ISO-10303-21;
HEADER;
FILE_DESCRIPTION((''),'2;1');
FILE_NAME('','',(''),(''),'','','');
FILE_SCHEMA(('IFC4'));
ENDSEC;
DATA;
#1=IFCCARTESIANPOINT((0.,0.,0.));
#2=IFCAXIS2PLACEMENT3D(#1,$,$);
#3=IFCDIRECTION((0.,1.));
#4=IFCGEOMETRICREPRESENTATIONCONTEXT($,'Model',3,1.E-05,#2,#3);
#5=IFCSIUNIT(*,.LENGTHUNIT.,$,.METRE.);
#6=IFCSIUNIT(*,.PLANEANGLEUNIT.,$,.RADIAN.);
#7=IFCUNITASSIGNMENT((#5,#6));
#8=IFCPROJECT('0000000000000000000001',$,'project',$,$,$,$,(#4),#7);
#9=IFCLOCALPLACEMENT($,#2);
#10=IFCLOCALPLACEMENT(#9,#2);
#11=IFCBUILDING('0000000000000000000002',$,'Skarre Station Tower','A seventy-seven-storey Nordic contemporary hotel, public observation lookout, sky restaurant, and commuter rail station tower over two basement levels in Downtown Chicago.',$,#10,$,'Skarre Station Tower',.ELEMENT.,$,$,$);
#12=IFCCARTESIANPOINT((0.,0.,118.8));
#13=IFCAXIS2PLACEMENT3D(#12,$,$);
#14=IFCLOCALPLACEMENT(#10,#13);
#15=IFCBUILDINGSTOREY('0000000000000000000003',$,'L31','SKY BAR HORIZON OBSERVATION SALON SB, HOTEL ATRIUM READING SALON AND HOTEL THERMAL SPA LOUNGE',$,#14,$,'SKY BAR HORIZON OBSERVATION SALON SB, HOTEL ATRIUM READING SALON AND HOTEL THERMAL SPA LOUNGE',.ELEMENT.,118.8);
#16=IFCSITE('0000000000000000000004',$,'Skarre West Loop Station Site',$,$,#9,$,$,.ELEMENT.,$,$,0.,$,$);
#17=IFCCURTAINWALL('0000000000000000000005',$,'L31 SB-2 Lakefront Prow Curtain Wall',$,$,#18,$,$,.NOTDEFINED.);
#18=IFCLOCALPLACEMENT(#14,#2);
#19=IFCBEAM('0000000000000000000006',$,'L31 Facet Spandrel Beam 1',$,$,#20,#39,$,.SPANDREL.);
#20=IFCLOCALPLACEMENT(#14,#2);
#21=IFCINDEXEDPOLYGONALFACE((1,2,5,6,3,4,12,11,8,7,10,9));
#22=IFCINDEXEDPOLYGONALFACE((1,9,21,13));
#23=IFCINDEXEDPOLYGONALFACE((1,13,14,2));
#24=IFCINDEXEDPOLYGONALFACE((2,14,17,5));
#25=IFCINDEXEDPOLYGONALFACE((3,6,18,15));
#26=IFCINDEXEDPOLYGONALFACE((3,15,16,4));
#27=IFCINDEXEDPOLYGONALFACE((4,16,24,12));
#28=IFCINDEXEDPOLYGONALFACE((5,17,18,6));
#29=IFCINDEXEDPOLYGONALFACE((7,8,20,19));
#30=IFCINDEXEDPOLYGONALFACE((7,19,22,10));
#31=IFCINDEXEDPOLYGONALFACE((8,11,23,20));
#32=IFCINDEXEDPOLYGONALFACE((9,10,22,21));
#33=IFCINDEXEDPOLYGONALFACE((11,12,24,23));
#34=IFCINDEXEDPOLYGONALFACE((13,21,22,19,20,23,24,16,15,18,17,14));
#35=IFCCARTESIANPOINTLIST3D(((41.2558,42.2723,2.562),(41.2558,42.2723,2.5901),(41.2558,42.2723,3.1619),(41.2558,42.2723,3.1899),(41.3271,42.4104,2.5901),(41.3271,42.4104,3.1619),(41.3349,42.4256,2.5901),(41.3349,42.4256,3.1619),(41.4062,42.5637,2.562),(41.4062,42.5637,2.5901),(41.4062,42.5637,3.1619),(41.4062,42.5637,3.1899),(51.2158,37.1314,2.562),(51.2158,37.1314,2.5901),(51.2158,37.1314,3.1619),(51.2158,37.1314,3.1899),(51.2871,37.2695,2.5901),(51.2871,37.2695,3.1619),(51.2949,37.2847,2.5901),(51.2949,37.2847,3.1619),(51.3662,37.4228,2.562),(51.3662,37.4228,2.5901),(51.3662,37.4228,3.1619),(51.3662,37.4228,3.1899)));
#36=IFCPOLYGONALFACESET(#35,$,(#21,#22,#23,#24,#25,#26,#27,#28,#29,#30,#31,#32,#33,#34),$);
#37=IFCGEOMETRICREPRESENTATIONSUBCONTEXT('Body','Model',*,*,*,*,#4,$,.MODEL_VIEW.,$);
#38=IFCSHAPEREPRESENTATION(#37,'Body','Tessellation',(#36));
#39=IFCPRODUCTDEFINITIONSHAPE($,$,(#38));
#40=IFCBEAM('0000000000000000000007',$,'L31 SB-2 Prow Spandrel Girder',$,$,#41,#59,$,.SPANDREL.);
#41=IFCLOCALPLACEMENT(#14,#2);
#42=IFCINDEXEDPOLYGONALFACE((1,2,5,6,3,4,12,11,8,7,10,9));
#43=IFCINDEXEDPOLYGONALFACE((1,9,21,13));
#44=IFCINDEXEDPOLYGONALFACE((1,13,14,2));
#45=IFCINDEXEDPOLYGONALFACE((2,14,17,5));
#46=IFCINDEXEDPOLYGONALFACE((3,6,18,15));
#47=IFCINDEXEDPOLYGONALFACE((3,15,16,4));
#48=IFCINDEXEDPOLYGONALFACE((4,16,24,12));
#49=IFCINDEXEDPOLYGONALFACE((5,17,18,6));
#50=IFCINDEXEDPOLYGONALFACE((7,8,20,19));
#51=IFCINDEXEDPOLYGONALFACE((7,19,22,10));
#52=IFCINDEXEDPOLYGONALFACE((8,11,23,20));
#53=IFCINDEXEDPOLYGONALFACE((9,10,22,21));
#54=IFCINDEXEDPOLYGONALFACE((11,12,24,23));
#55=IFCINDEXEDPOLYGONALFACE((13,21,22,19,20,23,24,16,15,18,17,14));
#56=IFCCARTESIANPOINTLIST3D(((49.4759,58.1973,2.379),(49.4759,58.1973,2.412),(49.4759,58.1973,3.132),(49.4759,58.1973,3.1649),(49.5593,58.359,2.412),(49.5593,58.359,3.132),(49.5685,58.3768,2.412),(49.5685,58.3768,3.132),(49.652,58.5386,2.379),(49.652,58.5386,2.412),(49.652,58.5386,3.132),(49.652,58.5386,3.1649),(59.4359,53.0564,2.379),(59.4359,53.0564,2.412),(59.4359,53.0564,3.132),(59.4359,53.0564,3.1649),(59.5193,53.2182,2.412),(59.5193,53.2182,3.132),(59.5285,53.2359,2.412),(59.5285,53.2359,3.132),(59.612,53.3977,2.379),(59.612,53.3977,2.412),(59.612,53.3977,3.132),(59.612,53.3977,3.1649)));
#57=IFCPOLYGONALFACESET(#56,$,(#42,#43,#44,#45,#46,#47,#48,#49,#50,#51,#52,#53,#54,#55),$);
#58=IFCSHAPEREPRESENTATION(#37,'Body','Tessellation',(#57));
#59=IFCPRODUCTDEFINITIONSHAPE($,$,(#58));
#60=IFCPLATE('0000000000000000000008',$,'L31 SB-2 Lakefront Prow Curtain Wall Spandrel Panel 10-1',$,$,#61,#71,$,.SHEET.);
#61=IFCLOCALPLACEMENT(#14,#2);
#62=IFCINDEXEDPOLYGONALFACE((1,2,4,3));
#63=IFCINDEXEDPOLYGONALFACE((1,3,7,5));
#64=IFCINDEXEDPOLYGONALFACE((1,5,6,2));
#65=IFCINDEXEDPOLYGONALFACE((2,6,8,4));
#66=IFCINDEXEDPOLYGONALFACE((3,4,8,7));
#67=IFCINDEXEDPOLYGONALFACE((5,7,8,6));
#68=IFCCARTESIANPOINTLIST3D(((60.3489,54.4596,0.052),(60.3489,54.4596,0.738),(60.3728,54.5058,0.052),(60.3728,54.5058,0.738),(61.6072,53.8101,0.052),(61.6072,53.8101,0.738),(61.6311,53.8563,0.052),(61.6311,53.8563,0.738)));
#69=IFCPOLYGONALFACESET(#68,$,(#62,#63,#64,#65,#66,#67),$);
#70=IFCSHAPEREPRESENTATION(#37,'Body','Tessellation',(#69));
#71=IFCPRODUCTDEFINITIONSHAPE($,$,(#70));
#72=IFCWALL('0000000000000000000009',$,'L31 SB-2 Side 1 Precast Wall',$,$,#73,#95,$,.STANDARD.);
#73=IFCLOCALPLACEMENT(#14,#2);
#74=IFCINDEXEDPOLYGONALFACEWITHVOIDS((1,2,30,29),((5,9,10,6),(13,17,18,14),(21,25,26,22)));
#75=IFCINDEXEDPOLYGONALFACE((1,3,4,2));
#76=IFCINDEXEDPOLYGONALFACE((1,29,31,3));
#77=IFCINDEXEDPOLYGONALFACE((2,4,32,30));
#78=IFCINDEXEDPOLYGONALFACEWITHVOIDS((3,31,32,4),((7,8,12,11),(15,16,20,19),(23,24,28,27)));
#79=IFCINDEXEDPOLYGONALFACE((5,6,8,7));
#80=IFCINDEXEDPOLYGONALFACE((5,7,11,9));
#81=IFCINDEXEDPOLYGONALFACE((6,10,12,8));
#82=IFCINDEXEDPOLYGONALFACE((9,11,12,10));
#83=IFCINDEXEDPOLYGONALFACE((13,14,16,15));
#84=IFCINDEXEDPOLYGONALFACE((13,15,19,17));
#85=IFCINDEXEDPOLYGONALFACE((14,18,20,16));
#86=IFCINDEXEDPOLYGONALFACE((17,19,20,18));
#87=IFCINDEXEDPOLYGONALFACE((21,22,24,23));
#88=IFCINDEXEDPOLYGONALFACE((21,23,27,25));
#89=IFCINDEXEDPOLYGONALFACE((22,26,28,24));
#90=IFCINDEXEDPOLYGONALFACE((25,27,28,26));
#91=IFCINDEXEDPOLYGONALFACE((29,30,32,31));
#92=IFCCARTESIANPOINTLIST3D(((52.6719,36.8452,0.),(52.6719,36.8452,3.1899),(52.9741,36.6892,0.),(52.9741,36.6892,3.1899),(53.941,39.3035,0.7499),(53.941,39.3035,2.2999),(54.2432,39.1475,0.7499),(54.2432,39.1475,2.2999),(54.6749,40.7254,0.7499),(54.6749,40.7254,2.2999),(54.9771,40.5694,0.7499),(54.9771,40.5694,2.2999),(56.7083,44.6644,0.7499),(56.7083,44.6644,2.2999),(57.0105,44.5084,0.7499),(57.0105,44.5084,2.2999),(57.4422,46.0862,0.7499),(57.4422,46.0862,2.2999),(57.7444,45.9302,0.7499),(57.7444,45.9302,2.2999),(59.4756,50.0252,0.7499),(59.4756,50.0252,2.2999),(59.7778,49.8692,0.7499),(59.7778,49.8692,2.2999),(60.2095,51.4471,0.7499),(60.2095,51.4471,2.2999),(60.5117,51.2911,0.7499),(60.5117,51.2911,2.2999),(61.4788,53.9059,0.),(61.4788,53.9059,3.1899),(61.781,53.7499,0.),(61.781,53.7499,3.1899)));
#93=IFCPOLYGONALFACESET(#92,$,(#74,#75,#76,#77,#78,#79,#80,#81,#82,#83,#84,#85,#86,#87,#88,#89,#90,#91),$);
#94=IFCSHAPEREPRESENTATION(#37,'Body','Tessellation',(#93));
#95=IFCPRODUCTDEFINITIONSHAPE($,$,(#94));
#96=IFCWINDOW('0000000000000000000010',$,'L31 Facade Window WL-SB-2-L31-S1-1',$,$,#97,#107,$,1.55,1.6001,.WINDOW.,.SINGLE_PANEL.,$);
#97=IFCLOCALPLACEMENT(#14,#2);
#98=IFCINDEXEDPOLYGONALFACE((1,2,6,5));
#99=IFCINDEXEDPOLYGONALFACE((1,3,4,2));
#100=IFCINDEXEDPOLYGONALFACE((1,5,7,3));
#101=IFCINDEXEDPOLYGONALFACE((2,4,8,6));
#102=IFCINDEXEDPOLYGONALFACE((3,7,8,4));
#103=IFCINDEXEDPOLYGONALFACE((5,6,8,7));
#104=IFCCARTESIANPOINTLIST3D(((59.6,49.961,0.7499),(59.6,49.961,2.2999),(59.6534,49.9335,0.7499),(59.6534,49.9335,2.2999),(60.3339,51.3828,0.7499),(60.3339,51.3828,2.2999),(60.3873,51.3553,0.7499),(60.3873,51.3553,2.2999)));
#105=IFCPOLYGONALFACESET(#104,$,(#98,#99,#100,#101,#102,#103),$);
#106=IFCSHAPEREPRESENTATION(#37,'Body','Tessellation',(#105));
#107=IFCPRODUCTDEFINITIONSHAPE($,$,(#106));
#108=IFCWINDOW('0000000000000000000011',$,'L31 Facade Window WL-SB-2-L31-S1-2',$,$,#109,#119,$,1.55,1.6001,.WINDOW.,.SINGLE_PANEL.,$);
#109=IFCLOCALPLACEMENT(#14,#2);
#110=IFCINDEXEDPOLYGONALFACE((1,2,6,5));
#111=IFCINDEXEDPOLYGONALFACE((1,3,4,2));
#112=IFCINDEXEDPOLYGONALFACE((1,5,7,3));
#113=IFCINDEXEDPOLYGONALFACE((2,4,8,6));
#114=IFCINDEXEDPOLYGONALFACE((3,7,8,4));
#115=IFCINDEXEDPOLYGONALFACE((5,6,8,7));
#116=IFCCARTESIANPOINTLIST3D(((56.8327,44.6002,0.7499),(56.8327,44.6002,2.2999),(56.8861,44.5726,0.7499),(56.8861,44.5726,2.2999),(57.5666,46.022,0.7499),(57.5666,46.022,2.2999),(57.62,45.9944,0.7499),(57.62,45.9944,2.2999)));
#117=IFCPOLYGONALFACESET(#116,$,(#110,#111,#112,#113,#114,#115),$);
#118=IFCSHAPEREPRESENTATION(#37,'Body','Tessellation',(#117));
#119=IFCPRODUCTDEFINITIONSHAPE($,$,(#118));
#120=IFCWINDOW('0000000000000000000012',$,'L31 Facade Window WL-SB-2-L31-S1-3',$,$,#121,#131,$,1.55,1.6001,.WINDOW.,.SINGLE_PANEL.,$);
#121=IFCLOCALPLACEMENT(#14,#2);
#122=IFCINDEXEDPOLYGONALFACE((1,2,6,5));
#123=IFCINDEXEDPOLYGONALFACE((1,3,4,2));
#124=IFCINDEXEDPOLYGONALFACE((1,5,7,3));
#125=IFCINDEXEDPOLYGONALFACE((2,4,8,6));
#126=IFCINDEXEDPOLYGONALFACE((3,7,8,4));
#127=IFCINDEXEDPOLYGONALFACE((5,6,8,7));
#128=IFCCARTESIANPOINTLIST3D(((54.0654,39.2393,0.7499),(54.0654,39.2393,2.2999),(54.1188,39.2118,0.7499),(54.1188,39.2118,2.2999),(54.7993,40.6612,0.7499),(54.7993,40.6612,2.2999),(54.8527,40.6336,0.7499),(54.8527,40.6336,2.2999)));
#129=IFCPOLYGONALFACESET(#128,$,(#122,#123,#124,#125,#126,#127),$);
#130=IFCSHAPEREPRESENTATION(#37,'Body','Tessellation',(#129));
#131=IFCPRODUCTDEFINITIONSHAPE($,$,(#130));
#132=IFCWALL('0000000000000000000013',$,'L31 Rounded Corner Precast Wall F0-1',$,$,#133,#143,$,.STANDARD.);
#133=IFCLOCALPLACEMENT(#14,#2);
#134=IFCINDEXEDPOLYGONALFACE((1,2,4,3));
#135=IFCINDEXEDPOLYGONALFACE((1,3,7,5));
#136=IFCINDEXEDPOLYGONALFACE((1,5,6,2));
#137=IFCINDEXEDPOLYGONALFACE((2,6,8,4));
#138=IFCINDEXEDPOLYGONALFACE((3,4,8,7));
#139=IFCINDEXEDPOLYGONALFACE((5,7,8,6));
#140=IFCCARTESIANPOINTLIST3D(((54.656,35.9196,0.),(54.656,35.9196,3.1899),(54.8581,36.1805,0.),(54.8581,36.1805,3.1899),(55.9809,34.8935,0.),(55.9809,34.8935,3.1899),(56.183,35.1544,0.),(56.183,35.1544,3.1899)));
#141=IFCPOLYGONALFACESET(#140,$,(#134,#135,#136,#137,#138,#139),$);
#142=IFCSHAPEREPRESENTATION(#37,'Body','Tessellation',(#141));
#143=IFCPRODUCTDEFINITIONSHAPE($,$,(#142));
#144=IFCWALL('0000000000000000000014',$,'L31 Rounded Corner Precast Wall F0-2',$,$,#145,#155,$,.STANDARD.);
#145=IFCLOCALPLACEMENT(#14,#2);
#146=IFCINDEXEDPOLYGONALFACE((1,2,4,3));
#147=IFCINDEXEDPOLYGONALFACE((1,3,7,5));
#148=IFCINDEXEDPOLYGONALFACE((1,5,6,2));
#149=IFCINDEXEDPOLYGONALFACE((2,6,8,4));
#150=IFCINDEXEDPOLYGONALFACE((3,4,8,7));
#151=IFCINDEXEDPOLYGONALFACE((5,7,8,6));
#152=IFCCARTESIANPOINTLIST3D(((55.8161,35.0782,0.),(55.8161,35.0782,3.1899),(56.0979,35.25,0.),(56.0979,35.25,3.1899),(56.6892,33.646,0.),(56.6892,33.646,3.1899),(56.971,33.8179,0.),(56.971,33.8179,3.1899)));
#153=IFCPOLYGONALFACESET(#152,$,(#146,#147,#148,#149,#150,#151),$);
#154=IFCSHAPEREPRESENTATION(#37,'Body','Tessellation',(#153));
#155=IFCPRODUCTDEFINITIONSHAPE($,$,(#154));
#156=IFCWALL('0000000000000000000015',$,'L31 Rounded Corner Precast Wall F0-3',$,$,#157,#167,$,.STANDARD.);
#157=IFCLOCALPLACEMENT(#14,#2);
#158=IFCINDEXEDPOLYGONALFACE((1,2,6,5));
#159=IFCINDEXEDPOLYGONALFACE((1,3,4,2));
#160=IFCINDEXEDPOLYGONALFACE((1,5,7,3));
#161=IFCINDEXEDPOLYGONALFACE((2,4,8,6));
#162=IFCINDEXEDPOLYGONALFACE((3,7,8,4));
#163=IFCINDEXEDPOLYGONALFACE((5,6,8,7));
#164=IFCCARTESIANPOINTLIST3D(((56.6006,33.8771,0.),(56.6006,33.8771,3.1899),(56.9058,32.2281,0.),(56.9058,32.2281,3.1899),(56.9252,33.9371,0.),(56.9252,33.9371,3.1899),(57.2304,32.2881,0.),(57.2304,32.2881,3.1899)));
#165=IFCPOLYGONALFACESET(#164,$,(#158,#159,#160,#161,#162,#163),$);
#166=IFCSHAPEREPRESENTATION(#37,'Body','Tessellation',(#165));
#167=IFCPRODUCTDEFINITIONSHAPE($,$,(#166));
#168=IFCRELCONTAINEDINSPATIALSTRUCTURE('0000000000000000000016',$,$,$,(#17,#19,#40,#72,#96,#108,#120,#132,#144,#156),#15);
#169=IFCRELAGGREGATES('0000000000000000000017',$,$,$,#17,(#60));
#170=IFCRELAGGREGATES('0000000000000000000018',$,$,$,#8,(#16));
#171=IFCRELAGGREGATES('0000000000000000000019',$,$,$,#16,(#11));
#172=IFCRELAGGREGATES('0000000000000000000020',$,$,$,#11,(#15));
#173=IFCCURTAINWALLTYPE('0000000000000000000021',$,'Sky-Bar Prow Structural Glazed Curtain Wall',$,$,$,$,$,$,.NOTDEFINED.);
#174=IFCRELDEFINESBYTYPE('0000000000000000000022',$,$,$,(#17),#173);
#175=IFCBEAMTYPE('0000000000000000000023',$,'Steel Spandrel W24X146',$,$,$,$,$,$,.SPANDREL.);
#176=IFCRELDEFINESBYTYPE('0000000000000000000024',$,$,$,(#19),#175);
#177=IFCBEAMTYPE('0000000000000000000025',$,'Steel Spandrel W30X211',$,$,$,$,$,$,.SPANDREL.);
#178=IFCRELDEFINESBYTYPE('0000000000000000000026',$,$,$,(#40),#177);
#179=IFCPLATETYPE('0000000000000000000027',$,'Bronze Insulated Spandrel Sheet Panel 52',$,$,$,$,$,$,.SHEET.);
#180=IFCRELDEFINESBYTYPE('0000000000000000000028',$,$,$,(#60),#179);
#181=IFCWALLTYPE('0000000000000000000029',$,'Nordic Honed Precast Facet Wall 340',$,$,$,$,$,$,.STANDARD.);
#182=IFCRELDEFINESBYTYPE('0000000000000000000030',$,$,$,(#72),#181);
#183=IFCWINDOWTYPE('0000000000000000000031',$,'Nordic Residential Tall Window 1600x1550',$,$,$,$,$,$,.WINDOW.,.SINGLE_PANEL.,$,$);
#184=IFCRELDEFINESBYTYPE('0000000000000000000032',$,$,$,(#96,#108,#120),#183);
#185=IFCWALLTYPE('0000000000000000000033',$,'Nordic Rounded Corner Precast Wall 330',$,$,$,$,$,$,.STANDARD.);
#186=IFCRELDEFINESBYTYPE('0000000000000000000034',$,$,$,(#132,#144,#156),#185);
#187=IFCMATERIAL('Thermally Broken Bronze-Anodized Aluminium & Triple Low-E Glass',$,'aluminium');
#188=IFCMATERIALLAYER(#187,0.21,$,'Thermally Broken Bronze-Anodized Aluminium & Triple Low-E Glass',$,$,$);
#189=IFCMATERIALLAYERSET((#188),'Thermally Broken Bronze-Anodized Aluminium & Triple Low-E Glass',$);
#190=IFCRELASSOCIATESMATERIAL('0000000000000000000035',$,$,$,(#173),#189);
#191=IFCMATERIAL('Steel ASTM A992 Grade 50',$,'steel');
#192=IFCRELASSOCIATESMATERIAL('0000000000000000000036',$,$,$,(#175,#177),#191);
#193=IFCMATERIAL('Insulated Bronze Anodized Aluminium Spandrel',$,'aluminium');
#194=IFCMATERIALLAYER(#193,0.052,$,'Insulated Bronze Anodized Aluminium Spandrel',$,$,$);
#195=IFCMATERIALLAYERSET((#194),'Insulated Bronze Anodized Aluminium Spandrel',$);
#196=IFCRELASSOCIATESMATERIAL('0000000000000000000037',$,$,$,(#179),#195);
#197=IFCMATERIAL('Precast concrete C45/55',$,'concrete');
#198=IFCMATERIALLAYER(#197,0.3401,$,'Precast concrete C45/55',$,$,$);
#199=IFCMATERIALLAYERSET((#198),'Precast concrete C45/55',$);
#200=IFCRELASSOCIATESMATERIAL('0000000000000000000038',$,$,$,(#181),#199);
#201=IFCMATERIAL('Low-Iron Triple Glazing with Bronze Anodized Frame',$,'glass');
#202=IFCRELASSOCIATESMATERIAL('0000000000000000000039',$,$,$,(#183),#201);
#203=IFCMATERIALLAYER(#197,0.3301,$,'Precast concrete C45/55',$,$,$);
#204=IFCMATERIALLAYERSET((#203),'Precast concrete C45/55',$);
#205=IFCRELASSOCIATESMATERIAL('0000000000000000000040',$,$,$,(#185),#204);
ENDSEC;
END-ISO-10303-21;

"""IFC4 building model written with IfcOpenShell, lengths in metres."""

from ifc_helpers import new_model, si_unit, direction, frame, frame_2d, origin, origin_2d, place, context, subcontext, project, spatial, rectangle, i_section, extrude, material, layer, layer_set, material_profile, profile_set, type_object, element, fill, aggregate, save


model = new_model("IFC4")

# Units and contexts
model_context = context("Model", 3, precision=1e-05, world=origin(), true_north=direction((0.0, 1.0)))
body_context = subcontext(model_context, "Body", "Model", "MODEL_VIEW")
ifc_project = project(units=[si_unit("LENGTHUNIT", "METRE"), si_unit("PLANEANGLEUNIT", "RADIAN")], contexts=[model_context])

# Site, building, storey
site_placement = place(None, origin())
site = spatial("IfcSite", under=ifc_project, at=site_placement, Name="Skarre West Loop Station Site", CompositionType="ELEMENT", RefElevation=0.0)
building_placement = place(site_placement, origin())
building = spatial("IfcBuilding", under=site, at=building_placement, Name="Skarre Station Tower", Description="A seventy-seven-storey Nordic contemporary hotel, public observation lookout, sky restaurant, and commuter rail station tower over two basement levels in Downtown Chicago.", LongName="Skarre Station Tower", CompositionType="ELEMENT")
storey_placement = place(building_placement, frame((0.0, 0.0, 118.8)))
storey = spatial("IfcBuildingStorey", under=building, at=storey_placement, Name="L31", Description="SKY BAR HORIZON OBSERVATION SALON SB, HOTEL ATRIUM READING SALON AND HOTEL THERMAL SPA LOUNGE", LongName="SKY BAR HORIZON OBSERVATION SALON SB, HOTEL ATRIUM READING SALON AND HOTEL THERMAL SPA LOUNGE", CompositionType="ELEMENT", Elevation=118.8)

# Curtain wall
ifc_material_1 = material(Name="Thermally Broken Bronze-Anodized Aluminium & Triple Low-E Glass", Category="aluminium")
ifc_layer_1 = layer(ifc_material_1, 0.21, Name="Thermally Broken Bronze-Anodized Aluminium & Triple Low-E Glass")
ifc_layer_set_1 = layer_set([ifc_layer_1], Name="Thermally Broken Bronze-Anodized Aluminium & Triple Low-E Glass")
curtain_wall_type = type_object("IfcCurtainWallType", Name="Sky-Bar Prow Structural Glazed Curtain Wall", PredefinedType="NOTDEFINED", material=ifc_layer_set_1)
curtain_wall_placement = place(storey_placement, origin())
curtain_wall = element("IfcCurtainWall", 1, at=curtain_wall_placement, inside=storey, type_object=curtain_wall_type, Name="L31 SB-2 Lakefront Prow Curtain Wall", PredefinedType="NOTDEFINED")

# Beams
ifc_material_2 = material(Name="Steel ASTM A992 Grade 50", Category="steel")
ifc_material_profile_1 = material_profile(ifc_material_2, i_section(OverallWidth=0.3279, OverallDepth=0.6279, WebThickness=0.0171, FlangeThickness=0.0281, at=origin_2d()), Name="Steel ASTM A992 Grade 50")
ifc_profile_set_1 = profile_set([ifc_material_profile_1], Name="Steel ASTM A992 Grade 50")
beam_type_1 = type_object("IfcBeamType", Name="Steel Spandrel W24X146", PredefinedType="SPANDREL", material=ifc_profile_set_1)
beam_1_placement = place(storey_placement, frame((51.291, 37.2771, 2.876), z_axis=(-0.888612, 0.45866, 0.0), x_axis=(-0.45866, -0.888612, 0.0)))
element("IfcBeam", 2, at=beam_1_placement, inside=storey, type_object=beam_type_1, Name="L31 Facet Spandrel Beam 1", PredefinedType="SPANDREL", context=body_context, shape_type="SweptSolid", body=[
    extrude(i_section(OverallWidth=0.3279, OverallDepth=0.6279, WebThickness=0.0171, FlangeThickness=0.0281, at=origin_2d()), origin(), (0.0, 0.0, 1.0), 11.2085),
])
ifc_material_profile_2 = material_profile(ifc_material_2, i_section(OverallWidth=0.384, OverallDepth=0.7859, WebThickness=0.02, FlangeThickness=0.033, at=origin_2d()), Name="Steel ASTM A992 Grade 50")
ifc_profile_set_2 = profile_set([ifc_material_profile_2], Name="Steel ASTM A992 Grade 50")
beam_type_2 = type_object("IfcBeamType", Name="Steel Spandrel W30X211", PredefinedType="SPANDREL", material=ifc_profile_set_2)
beam_2_placement = place(storey_placement, frame((59.5239, 53.2271, 2.772), z_axis=(-0.888612, 0.45866, 0.0), x_axis=(-0.45866, -0.888612, 0.0)))
element("IfcBeam", 3, at=beam_2_placement, inside=storey, type_object=beam_type_2, Name="L31 SB-2 Prow Spandrel Girder", PredefinedType="SPANDREL", context=body_context, shape_type="SweptSolid", body=[
    extrude(i_section(OverallWidth=0.384, OverallDepth=0.7859, WebThickness=0.02, FlangeThickness=0.033, at=origin_2d()), origin(), (0.0, 0.0, 1.0), 11.2085),
])

# Plate
ifc_material_3 = material(Name="Insulated Bronze Anodized Aluminium Spandrel", Category="aluminium")
ifc_layer_2 = layer(ifc_material_3, 0.052, Name="Insulated Bronze Anodized Aluminium Spandrel")
ifc_layer_set_2 = layer_set([ifc_layer_2], Name="Insulated Bronze Anodized Aluminium Spandrel")
plate_type = type_object("IfcPlateType", Name="Bronze Insulated Spandrel Sheet Panel 52", PredefinedType="SHEET", material=ifc_layer_set_2)
plate_placement = place(storey_placement, frame((60.99, 54.158, 0.052), z_axis=(0.0, 0.0, 1.0), x_axis=(0.888601, -0.458681, 0.0)))
plate = element("IfcPlate", 4, at=plate_placement, type_object=plate_type, Name="L31 SB-2 Lakefront Prow Curtain Wall Spandrel Panel 10-1", PredefinedType="SHEET", context=body_context, shape_type="SweptSolid", body=[
    extrude(rectangle(XDim=1.416, YDim=0.052, at=origin_2d()), origin(), (0.0, 0.0, 1.0), 0.686),
])
aggregate(curtain_wall, [plate])

# Wall, openings, windows
ifc_material_4 = material(Name="Precast concrete C45/55", Category="concrete")
ifc_layer_3 = layer(ifc_material_4, 0.3401, Name="Precast concrete C45/55")
ifc_layer_set_3 = layer_set([ifc_layer_3], Name="Precast concrete C45/55")
wall_type_1 = type_object("IfcWallType", Name="Nordic Honed Precast Facet Wall 340", PredefinedType="STANDARD", material=ifc_layer_set_3)
wall_1_placement = place(storey_placement, frame((61.6299, 53.8279, 0.0), z_axis=(0.0, 0.0, 1.0), x_axis=(-0.458697, -0.888593, 0.0)))
wall_1 = element("IfcWall", 5, at=wall_1_placement, inside=storey, type_object=wall_type_1, Name="L31 SB-2 Side 1 Precast Wall", PredefinedType="STANDARD", context=body_context, shape_type="SweptSolid", body=[
    extrude(rectangle(XDim=19.1997, YDim=0.3401, at=frame_2d((9.5999, 0.0))), origin(), (0.0, 0.0, 1.0), 3.1899),
])
opening_1_placement = place(wall_1_placement, frame((2.7671, 0.0, 0.75)))
opening_1 = element("IfcOpeningElement", 6, at=opening_1_placement, cuts=wall_1, PredefinedType="OPENING", context=body_context, shape_type="SweptSolid", body=[
    extrude(rectangle(XDim=1.6001, YDim=1.55, at=frame_2d((0.8, 0.7749))), frame((0.0, 0.1799, 0.0), z_axis=(0.0, -1.0, 0.0), x_axis=(1.0, 0.0, 0.0)), (0.0, 0.0, 1.0), 0.3601),
])
opening_2_placement = place(wall_1_placement, frame((8.8, 0.0, 0.75)))
opening_2 = element("IfcOpeningElement", 7, at=opening_2_placement, cuts=wall_1, PredefinedType="OPENING", context=body_context, shape_type="SweptSolid", body=[
    extrude(rectangle(XDim=1.6001, YDim=1.55, at=frame_2d((0.8, 0.7749))), frame((0.0, 0.1799, 0.0), z_axis=(0.0, -1.0, 0.0), x_axis=(1.0, 0.0, 0.0)), (0.0, 0.0, 1.0), 0.3601),
])
opening_3_placement = place(wall_1_placement, frame((14.833, 0.0, 0.75)))
opening_3 = element("IfcOpeningElement", 8, at=opening_3_placement, cuts=wall_1, PredefinedType="OPENING", context=body_context, shape_type="SweptSolid", body=[
    extrude(rectangle(XDim=1.6001, YDim=1.55, at=frame_2d((0.8, 0.7749))), frame((0.0, 0.1799, 0.0), z_axis=(0.0, -1.0, 0.0), x_axis=(1.0, 0.0, 0.0)), (0.0, 0.0, 1.0), 0.3601),
])
ifc_material_5 = material(Name="Low-Iron Triple Glazing with Bronze Anodized Frame", Category="glass")
window_type = type_object("IfcWindowType", Name="Nordic Residential Tall Window 1600x1550", PartitioningType="SINGLE_PANEL", PredefinedType="WINDOW", material=ifc_material_5)
window_1_placement = place(opening_1_placement, origin())
window_1 = element("IfcWindow", 9, at=window_1_placement, inside=storey, type_object=window_type, Name="L31 Facade Window WL-SB-2-L31-S1-1", OverallHeight=1.55, OverallWidth=1.6001, PartitioningType="SINGLE_PANEL", PredefinedType="WINDOW", context=body_context, shape_type="SweptSolid", body=[
    extrude(rectangle(XDim=1.6001, YDim=1.55, at=frame_2d((0.8, 0.7749))), frame((0.0, 0.03, 0.0), z_axis=(0.0, -1.0, 0.0), x_axis=(1.0, 0.0, 0.0)), (0.0, 0.0, 1.0), 0.0601),
])
fill(opening_1, window_1)
window_2_placement = place(opening_2_placement, origin())
window_2 = element("IfcWindow", 10, at=window_2_placement, inside=storey, type_object=window_type, Name="L31 Facade Window WL-SB-2-L31-S1-2", OverallHeight=1.55, OverallWidth=1.6001, PartitioningType="SINGLE_PANEL", PredefinedType="WINDOW", context=body_context, shape_type="SweptSolid", body=[
    extrude(rectangle(XDim=1.6001, YDim=1.55, at=frame_2d((0.8, 0.7749))), frame((0.0, 0.03, 0.0), z_axis=(0.0, -1.0, 0.0), x_axis=(1.0, 0.0, 0.0)), (0.0, 0.0, 1.0), 0.0601),
])
fill(opening_2, window_2)
window_3_placement = place(opening_3_placement, origin())
window_3 = element("IfcWindow", 11, at=window_3_placement, inside=storey, type_object=window_type, Name="L31 Facade Window WL-SB-2-L31-S1-3", OverallHeight=1.55, OverallWidth=1.6001, PartitioningType="SINGLE_PANEL", PredefinedType="WINDOW", context=body_context, shape_type="SweptSolid", body=[
    extrude(rectangle(XDim=1.6001, YDim=1.55, at=frame_2d((0.8, 0.7749))), frame((0.0, 0.03, 0.0), z_axis=(0.0, -1.0, 0.0), x_axis=(1.0, 0.0, 0.0)), (0.0, 0.0, 1.0), 0.0601),
])
fill(opening_3, window_3)

# Walls
ifc_layer_4 = layer(ifc_material_4, 0.3301, Name="Precast concrete C45/55")
ifc_layer_set_4 = layer_set([ifc_layer_4], Name="Precast concrete C45/55")
wall_type_2 = type_object("IfcWallType", Name="Nordic Rounded Corner Precast Wall 330", PredefinedType="STANDARD", material=ifc_layer_set_4)
wall_2_placement = place(storey_placement, frame((54.7571, 36.05, 0.0), z_axis=(0.0, 0.0, 1.0), x_axis=(0.790621, -0.612305, 0.0)))
element("IfcWall", 12, at=wall_2_placement, inside=storey, type_object=wall_type_2, Name="L31 Rounded Corner Precast Wall F0-1", PredefinedType="STANDARD", context=body_context, shape_type="SweptSolid", body=[
    extrude(rectangle(XDim=1.6758, YDim=0.3301, at=frame_2d((0.8379, 0.0))), origin(), (0.0, 0.0, 1.0), 3.1899),
])
wall_3_placement = place(storey_placement, frame((55.957, 35.1641, 0.0), z_axis=(0.0, 0.0, 1.0), x_axis=(0.520519, -0.85385, 0.0)))
element("IfcWall", 13, at=wall_3_placement, inside=storey, type_object=wall_type_2, Name="L31 Rounded Corner Precast Wall F0-2", PredefinedType="STANDARD", context=body_context, shape_type="SweptSolid", body=[
    extrude(rectangle(XDim=1.6772, YDim=0.3301, at=frame_2d((0.8386, 0.0))), origin(), (0.0, 0.0, 1.0), 3.1899),
])
wall_4_placement = place(storey_placement, frame((56.7629, 33.907, 0.0), z_axis=(0.0, 0.0, 1.0), x_axis=(0.181985, -0.983301, 0.0)))
element("IfcWall", 14, at=wall_4_placement, inside=storey, type_object=wall_type_2, Name="L31 Rounded Corner Precast Wall F0-3", PredefinedType="STANDARD", context=body_context, shape_type="SweptSolid", body=[
    extrude(rectangle(XDim=1.677, YDim=0.3301, at=frame_2d((0.8384, 0.0))), origin(), (0.0, 0.0, 1.0), 3.1899),
])

save(model, "model.ifc")
